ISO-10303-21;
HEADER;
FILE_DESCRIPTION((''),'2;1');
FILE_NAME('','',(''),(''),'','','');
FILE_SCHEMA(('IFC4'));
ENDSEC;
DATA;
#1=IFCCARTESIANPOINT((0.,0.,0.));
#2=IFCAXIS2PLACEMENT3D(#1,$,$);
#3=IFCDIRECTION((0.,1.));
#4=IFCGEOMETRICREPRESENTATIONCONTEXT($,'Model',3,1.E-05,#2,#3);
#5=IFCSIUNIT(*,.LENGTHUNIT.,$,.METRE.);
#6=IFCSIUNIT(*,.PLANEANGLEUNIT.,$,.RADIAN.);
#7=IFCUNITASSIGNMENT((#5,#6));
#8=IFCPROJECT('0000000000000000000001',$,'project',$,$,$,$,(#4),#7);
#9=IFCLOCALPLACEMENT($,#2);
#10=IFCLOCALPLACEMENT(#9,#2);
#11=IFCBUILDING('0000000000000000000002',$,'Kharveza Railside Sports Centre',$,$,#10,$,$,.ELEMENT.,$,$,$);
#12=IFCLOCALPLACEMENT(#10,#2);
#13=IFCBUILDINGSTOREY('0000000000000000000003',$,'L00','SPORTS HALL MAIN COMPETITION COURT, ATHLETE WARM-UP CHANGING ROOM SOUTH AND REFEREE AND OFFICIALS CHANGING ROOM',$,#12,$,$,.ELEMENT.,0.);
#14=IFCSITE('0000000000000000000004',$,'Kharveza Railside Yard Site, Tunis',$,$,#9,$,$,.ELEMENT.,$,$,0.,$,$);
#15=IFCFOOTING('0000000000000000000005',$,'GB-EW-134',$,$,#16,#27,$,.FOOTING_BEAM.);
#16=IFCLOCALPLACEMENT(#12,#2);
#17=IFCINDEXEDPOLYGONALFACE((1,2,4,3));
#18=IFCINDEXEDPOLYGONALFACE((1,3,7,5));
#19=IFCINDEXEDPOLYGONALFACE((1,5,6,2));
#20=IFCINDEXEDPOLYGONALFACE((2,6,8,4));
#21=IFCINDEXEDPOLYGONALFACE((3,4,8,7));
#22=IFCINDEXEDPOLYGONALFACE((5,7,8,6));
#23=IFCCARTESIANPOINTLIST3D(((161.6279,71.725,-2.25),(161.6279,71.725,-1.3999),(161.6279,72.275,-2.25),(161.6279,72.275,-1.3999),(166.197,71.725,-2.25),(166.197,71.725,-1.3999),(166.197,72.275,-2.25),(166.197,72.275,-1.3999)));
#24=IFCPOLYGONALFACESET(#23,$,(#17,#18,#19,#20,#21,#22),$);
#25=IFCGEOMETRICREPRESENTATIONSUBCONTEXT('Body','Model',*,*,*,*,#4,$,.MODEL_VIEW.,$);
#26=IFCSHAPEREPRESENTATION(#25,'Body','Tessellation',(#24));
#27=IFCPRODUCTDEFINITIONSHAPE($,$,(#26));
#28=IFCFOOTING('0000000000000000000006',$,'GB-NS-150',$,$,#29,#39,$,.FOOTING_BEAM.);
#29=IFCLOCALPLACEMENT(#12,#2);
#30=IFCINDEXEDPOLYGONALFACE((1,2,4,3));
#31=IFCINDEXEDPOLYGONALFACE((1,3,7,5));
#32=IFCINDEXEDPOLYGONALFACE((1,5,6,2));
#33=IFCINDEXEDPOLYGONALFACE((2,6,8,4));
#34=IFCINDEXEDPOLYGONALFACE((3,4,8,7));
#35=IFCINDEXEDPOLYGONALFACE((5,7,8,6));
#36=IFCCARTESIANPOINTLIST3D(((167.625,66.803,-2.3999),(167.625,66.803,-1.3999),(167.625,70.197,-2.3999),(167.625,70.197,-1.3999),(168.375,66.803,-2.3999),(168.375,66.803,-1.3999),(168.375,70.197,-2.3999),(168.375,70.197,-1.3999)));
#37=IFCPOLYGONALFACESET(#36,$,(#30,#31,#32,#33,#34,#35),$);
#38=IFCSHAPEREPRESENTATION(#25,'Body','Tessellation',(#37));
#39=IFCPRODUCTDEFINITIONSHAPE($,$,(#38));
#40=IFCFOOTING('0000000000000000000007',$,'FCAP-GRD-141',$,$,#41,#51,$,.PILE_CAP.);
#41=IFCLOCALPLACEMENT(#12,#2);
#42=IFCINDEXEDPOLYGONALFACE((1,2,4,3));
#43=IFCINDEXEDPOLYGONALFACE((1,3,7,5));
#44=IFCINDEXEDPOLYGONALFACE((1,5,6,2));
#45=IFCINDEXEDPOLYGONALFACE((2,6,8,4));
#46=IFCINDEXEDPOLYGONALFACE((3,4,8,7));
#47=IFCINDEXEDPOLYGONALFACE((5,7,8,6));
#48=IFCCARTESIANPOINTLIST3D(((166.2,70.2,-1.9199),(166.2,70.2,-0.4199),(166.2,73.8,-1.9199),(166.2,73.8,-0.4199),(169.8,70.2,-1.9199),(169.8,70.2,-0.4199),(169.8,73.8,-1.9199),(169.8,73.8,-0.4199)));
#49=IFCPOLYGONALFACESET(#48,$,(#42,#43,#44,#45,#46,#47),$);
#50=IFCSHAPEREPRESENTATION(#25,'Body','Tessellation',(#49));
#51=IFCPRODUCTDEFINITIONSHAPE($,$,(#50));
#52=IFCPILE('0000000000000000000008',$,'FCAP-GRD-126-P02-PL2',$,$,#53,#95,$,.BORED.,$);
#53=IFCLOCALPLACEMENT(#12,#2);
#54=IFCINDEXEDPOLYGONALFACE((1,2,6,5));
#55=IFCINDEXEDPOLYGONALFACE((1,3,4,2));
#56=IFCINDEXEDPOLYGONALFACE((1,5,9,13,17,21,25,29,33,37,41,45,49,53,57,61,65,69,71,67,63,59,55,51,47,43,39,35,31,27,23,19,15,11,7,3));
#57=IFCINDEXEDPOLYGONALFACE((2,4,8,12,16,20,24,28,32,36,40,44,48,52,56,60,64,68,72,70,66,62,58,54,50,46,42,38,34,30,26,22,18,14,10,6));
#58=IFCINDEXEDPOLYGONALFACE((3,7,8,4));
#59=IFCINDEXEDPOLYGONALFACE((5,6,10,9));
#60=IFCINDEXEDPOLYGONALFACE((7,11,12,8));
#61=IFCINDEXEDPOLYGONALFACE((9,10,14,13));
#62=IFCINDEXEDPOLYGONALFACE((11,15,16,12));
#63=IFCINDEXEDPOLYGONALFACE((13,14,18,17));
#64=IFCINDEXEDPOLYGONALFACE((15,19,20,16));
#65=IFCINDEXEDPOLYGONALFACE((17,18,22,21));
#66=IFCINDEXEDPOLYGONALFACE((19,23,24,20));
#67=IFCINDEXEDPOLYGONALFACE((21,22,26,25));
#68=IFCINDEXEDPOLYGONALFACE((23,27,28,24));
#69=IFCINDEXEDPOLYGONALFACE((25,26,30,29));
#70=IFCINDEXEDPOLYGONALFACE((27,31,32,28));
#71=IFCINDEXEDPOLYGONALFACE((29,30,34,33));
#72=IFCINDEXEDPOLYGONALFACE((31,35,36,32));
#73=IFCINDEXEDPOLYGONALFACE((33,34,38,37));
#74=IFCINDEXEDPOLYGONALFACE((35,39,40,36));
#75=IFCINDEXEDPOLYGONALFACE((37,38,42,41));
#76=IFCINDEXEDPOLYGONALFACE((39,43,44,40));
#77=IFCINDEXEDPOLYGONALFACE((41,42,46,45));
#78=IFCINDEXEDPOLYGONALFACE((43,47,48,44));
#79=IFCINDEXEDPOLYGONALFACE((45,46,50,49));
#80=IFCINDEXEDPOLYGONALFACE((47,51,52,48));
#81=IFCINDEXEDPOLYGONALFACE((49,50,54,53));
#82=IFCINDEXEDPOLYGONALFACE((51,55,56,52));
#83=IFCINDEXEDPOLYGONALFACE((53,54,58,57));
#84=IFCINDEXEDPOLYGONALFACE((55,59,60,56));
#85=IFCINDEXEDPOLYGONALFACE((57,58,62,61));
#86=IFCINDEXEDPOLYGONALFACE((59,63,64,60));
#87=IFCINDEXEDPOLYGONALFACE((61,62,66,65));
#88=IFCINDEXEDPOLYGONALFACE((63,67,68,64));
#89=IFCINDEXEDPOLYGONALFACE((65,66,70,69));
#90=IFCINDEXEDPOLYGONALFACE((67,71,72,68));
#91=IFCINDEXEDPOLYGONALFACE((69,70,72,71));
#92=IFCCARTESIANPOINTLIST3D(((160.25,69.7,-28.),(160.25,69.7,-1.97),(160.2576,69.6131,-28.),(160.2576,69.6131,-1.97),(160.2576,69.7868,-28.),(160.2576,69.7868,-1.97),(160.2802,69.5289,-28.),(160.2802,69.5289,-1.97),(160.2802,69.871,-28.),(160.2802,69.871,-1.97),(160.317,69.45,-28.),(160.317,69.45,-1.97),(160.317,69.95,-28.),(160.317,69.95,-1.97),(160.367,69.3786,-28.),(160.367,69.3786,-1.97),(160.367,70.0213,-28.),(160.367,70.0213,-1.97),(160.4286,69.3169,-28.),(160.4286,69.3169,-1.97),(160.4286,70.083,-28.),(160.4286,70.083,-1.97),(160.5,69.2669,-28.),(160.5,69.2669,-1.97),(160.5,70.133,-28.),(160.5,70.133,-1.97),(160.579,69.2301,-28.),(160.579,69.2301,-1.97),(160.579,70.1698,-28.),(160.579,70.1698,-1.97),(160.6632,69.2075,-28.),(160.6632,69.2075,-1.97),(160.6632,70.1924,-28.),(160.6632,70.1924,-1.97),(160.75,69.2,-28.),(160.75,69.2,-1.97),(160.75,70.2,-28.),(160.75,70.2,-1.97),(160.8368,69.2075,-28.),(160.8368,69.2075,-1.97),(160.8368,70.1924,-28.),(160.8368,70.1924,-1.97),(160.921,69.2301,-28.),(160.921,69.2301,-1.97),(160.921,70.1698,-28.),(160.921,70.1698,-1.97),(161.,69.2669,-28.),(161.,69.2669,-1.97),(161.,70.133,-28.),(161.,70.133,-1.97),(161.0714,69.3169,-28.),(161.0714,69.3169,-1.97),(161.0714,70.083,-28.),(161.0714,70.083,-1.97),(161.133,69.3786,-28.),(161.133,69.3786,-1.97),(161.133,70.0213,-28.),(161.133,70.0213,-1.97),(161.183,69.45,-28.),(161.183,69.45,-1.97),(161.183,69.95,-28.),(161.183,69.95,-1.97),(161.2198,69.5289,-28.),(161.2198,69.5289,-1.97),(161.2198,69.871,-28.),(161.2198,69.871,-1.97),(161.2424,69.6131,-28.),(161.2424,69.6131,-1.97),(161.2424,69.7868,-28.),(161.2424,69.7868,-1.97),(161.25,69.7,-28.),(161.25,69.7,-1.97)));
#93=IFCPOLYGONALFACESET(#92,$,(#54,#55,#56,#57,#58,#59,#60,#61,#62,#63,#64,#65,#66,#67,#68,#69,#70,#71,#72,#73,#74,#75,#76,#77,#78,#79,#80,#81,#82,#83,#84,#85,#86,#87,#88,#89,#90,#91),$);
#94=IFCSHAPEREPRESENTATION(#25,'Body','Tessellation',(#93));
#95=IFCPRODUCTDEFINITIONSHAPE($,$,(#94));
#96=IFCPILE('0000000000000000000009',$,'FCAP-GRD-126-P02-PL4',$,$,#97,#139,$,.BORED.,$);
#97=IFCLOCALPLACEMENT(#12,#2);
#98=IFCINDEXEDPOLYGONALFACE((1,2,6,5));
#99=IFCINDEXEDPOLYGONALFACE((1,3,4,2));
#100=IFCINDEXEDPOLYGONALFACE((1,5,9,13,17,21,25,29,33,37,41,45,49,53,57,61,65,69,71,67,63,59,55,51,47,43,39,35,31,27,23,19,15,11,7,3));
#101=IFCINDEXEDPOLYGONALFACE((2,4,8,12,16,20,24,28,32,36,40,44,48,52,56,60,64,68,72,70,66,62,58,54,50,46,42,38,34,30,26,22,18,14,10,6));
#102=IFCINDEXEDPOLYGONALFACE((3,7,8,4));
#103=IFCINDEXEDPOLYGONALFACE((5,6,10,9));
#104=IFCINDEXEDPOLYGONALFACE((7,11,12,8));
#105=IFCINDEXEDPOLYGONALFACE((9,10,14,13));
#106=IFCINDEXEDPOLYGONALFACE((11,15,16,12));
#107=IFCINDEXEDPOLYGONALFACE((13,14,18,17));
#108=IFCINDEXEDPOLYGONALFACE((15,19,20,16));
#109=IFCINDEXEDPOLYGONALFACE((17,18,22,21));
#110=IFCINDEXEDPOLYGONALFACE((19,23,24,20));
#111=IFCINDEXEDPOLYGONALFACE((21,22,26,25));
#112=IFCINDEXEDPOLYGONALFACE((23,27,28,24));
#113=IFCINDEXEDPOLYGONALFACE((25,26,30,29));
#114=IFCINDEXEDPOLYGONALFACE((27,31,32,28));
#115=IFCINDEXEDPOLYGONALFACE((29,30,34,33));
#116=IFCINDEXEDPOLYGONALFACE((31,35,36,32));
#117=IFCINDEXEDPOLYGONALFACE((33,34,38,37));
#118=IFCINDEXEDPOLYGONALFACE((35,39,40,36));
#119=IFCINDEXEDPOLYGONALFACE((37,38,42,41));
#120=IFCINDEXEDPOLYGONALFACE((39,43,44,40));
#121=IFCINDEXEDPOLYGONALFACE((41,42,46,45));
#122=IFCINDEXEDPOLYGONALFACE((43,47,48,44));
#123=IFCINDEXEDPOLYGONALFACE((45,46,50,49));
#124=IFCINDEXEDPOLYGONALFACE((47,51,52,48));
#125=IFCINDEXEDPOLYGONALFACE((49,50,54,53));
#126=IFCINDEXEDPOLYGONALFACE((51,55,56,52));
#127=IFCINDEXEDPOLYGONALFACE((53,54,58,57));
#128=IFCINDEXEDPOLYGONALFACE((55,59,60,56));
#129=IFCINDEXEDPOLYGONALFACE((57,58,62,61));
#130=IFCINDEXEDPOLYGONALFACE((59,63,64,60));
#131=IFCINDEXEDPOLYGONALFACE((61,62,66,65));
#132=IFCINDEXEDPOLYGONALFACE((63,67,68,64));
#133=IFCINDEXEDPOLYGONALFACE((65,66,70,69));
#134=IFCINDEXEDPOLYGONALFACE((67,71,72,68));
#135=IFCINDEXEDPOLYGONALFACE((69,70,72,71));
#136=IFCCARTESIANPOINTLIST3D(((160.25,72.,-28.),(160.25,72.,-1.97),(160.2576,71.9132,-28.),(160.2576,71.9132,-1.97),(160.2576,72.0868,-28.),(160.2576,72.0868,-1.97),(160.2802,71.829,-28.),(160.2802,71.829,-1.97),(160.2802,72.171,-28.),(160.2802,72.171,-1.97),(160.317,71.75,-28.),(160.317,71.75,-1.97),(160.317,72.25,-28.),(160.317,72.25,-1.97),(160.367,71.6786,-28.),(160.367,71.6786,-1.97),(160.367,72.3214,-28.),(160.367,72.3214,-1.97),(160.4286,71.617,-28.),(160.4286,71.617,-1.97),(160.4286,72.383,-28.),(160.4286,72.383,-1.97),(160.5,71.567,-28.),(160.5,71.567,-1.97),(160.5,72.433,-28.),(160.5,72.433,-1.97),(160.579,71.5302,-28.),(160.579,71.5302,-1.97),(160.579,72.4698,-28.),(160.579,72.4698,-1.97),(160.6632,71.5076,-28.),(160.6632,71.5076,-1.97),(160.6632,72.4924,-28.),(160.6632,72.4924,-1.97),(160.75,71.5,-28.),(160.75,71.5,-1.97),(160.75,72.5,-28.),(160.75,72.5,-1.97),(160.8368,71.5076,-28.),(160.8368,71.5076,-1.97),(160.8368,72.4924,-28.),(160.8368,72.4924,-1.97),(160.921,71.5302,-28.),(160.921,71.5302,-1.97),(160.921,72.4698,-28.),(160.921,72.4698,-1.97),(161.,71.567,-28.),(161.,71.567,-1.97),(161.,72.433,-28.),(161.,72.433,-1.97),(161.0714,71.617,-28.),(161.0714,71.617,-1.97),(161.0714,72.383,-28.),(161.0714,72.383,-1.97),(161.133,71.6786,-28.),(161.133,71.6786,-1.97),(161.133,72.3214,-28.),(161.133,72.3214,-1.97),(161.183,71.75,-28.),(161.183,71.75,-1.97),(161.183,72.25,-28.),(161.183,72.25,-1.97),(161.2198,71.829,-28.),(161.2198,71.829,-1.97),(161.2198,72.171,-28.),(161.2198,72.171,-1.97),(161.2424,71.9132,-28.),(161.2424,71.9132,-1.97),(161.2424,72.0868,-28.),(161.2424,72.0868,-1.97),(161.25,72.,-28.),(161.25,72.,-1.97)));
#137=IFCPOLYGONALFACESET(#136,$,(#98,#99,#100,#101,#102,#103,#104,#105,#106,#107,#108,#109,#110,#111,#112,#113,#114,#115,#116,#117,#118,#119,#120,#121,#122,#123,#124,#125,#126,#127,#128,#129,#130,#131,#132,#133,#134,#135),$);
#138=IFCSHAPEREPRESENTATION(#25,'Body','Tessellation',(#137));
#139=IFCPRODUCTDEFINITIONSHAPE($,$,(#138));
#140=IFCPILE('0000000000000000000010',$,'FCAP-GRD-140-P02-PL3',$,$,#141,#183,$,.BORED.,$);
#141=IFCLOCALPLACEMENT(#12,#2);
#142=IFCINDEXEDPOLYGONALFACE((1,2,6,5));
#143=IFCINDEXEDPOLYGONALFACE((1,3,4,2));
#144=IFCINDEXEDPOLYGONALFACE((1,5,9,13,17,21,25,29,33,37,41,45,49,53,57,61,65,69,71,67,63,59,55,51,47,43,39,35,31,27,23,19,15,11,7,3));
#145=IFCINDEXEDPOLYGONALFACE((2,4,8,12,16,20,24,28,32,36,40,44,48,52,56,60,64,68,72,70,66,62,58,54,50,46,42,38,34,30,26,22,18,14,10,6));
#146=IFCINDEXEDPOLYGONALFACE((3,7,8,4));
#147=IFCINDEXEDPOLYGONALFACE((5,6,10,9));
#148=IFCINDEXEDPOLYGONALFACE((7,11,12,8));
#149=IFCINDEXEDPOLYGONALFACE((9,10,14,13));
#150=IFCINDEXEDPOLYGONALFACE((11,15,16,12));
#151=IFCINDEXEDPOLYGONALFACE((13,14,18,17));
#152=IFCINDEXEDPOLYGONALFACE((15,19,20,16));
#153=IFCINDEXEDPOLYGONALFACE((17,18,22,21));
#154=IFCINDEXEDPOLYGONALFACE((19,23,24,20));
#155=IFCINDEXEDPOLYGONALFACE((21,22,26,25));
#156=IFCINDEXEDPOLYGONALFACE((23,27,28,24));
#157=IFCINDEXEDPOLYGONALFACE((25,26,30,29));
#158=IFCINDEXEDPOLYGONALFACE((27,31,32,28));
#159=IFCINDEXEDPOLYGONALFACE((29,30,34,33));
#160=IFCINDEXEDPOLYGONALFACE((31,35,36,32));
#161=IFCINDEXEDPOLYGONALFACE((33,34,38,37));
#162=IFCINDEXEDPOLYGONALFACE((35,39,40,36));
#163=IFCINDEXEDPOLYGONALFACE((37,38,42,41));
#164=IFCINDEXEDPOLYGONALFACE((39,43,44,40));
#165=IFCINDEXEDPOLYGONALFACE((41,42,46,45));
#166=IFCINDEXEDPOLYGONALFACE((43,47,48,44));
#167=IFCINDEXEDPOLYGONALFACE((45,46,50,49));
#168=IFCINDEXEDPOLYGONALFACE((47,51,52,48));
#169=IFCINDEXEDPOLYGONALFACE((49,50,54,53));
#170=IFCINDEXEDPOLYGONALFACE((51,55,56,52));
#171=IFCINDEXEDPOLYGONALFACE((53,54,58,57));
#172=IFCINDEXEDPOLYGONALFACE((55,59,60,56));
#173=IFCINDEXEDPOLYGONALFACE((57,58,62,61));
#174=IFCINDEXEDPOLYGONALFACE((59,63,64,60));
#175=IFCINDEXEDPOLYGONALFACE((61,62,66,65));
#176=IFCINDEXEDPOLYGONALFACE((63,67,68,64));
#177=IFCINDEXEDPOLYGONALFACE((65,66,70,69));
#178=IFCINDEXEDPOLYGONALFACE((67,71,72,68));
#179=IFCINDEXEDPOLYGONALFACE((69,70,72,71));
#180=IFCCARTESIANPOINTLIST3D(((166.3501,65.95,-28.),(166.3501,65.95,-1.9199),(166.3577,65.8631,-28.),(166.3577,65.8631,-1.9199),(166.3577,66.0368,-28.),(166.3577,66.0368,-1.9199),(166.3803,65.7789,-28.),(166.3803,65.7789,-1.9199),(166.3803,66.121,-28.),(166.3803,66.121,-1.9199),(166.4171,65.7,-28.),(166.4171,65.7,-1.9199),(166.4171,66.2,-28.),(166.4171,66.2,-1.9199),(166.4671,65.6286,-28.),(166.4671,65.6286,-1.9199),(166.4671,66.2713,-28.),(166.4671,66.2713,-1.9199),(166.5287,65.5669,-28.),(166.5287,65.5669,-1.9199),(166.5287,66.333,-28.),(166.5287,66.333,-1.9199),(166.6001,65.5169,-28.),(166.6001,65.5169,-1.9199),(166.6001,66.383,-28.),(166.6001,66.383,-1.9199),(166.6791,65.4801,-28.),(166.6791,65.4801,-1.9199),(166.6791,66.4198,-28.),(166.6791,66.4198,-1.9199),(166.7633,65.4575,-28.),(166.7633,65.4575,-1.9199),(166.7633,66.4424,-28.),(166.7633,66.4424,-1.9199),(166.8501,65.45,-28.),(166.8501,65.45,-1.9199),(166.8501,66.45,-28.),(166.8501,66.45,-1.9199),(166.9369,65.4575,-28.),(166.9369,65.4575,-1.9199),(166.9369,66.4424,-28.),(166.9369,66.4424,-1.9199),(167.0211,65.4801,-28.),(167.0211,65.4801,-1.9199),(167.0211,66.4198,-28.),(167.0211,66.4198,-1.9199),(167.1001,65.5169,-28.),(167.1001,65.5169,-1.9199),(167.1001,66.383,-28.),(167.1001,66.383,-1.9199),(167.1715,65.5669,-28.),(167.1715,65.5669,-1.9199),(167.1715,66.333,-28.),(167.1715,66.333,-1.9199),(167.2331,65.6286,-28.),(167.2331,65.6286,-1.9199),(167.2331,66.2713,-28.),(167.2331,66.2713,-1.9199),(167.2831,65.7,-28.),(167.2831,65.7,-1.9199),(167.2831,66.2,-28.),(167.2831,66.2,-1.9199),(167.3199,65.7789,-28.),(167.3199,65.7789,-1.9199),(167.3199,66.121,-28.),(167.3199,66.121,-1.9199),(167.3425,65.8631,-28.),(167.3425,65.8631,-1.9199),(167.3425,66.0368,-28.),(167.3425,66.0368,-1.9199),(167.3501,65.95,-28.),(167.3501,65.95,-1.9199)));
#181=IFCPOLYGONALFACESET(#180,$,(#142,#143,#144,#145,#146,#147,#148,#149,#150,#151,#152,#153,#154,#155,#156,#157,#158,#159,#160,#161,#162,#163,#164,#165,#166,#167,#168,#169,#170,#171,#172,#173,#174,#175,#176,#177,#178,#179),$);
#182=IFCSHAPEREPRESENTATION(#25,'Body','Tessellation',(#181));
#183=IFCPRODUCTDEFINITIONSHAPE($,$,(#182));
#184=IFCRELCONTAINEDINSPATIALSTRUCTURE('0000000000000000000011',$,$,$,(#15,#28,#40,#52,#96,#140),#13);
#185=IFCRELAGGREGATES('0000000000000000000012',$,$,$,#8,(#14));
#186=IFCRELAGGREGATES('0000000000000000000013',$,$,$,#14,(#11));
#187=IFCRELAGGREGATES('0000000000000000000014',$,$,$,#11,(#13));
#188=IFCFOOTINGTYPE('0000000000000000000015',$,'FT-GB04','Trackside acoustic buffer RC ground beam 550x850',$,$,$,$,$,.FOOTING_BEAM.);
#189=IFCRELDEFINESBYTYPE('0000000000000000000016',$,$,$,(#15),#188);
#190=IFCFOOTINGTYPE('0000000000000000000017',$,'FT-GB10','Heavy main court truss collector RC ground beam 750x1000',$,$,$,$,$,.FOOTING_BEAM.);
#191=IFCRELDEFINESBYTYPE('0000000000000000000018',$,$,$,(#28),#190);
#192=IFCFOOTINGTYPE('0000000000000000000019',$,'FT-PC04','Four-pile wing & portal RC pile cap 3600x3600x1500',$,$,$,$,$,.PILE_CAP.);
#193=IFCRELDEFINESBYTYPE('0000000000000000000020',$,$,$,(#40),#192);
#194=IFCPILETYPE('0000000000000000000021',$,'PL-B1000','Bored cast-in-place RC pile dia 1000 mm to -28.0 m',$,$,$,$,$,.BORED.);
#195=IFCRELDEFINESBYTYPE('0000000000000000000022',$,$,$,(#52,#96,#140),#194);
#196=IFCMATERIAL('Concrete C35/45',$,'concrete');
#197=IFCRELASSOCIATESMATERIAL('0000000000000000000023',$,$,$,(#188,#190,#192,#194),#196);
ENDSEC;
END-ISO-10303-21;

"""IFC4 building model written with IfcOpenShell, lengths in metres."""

from ifc_helpers import new_model, si_unit, direction, frame, origin, origin_2d, place, context, subcontext, project, spatial, rectangle, circle, extrude, material, material_profile, profile_set, type_object, element, save


model = new_model("IFC4")

# Units and contexts
model_context = context("Model", 3, precision=1e-05, world=origin(), true_north=direction((0.0, 1.0)))
body_context = subcontext(model_context, "Body", "Model", "MODEL_VIEW")
ifc_project = project(units=[si_unit("LENGTHUNIT", "METRE"), si_unit("PLANEANGLEUNIT", "RADIAN")], contexts=[model_context])

# Site, building, storey
site_placement = place(None, origin())
site = spatial("IfcSite", under=ifc_project, at=site_placement, Name="Kharveza Railside Yard Site, Tunis", CompositionType="ELEMENT", RefElevation=0.0)
building_placement = place(site_placement, origin())
building = spatial("IfcBuilding", under=site, at=building_placement, Name="Kharveza Railside Sports Centre", CompositionType="ELEMENT")
storey_placement = place(building_placement, origin())
storey = spatial("IfcBuildingStorey", under=building, at=storey_placement, Name="L00", Description="SPORTS HALL MAIN COMPETITION COURT, ATHLETE WARM-UP CHANGING ROOM SOUTH AND REFEREE AND OFFICIALS CHANGING ROOM", CompositionType="ELEMENT", Elevation=0.0)

# Footings
ifc_material_1 = material(Name="Concrete C35/45", Category="concrete")
ifc_material_profile_1 = material_profile(ifc_material_1, rectangle(XDim=0.55, YDim=0.8501, at=origin_2d()), Name="GB 550x850")
ifc_profile_set_1 = profile_set([ifc_material_profile_1], Name="Concrete C35/45")
footing_type_1 = type_object("IfcFootingType", Name="FT-GB04", Description="Trackside acoustic buffer RC ground beam 550x850", PredefinedType="FOOTING_BEAM", material=ifc_profile_set_1)
footing_1_placement = place(storey_placement, frame((161.6279, 72.0, -1.825), z_axis=(1.0, 0.0, 0.0), x_axis=(0.0, 1.0, 0.0)))
element("IfcFooting", 1, at=footing_1_placement, inside=storey, type_object=footing_type_1, Name="GB-EW-134", PredefinedType="FOOTING_BEAM", context=body_context, shape_type="SweptSolid", body=[
    extrude(rectangle(XDim=0.55, YDim=0.8501, at=origin_2d()), origin(), (0.0, 0.0, 1.0), 4.5691),
])
ifc_material_profile_2 = material_profile(ifc_material_1, rectangle(XDim=0.75, YDim=1.0, at=origin_2d()), Name="GB 750x1000")
ifc_profile_set_2 = profile_set([ifc_material_profile_2], Name="Concrete C35/45")
footing_type_2 = type_object("IfcFootingType", Name="FT-GB10", Description="Heavy main court truss collector RC ground beam 750x1000", PredefinedType="FOOTING_BEAM", material=ifc_profile_set_2)
footing_2_placement = place(storey_placement, frame((168.0, 66.803, -1.8999), z_axis=(0.0, 1.0, 0.0), x_axis=(-1.0, 0.0, 0.0)))
element("IfcFooting", 2, at=footing_2_placement, inside=storey, type_object=footing_type_2, Name="GB-NS-150", PredefinedType="FOOTING_BEAM", context=body_context, shape_type="SweptSolid", body=[
    extrude(rectangle(XDim=0.75, YDim=1.0, at=origin_2d()), origin(), (0.0, 0.0, 1.0), 3.394),
])
footing_type_3 = type_object("IfcFootingType", Name="FT-PC04", Description="Four-pile wing & portal RC pile cap 3600x3600x1500", PredefinedType="PILE_CAP", material=ifc_material_1)
footing_3_placement = place(storey_placement, frame((168.0, 72.0, -1.9199), z_axis=(0.0, 0.0, 1.0), x_axis=(1.0, 0.0, 0.0)))
element("IfcFooting", 3, at=footing_3_placement, inside=storey, type_object=footing_type_3, Name="FCAP-GRD-141", PredefinedType="PILE_CAP", context=body_context, shape_type="SweptSolid", body=[
    extrude(rectangle(XDim=3.6001, YDim=3.6001, at=origin_2d()), origin(), (0.0, 0.0, 1.0), 1.5),
])

# Piles
ifc_material_profile_3 = material_profile(ifc_material_1, circle(Radius=0.5, at=origin_2d()), Name="PILE D1000")
ifc_profile_set_3 = profile_set([ifc_material_profile_3], Name="Concrete C35/45")
pile_type_1 = type_object("IfcPileType", Name="PL-B1000", Description="Bored cast-in-place RC pile dia 1000 mm to -28.0 m", PredefinedType="BORED", material=ifc_profile_set_3)
for number, where, z_axis, x_axis, name in (
    (4, (160.75, 69.7, -1.97), (0.0, 0.0, -1.0), (1.0, 0.0, 0.0), "FCAP-GRD-126-P02-PL2"),
    (5, (160.75, 72.0, -1.97), (0.0, 0.0, -1.0), (1.0, 0.0, 0.0), "FCAP-GRD-126-P02-PL4"),
):
    element("IfcPile", number, at=place(storey_placement, frame(where, z_axis=z_axis, x_axis=x_axis)), inside=storey, type_object=pile_type_1, Name=name, PredefinedType="BORED", context=body_context, shape_type="SweptSolid", body=[
        extrude(circle(Radius=0.5, at=origin_2d()), origin(), (0.0, 0.0, 1.0), 26.03),
    ])
for number, where, z_axis, x_axis, name in (
    (6, (166.8501, 65.95, -1.9199), (0.0, 0.0, -1.0), (1.0, 0.0, 0.0), "FCAP-GRD-140-P02-PL3"),
):
    element("IfcPile", number, at=place(storey_placement, frame(where, z_axis=z_axis, x_axis=x_axis)), inside=storey, type_object=pile_type_1, Name=name, PredefinedType="BORED", context=body_context, shape_type="SweptSolid", body=[
        extrude(circle(Radius=0.5, at=origin_2d()), origin(), (0.0, 0.0, 1.0), 26.0801),
    ])

save(model, "model.ifc")
